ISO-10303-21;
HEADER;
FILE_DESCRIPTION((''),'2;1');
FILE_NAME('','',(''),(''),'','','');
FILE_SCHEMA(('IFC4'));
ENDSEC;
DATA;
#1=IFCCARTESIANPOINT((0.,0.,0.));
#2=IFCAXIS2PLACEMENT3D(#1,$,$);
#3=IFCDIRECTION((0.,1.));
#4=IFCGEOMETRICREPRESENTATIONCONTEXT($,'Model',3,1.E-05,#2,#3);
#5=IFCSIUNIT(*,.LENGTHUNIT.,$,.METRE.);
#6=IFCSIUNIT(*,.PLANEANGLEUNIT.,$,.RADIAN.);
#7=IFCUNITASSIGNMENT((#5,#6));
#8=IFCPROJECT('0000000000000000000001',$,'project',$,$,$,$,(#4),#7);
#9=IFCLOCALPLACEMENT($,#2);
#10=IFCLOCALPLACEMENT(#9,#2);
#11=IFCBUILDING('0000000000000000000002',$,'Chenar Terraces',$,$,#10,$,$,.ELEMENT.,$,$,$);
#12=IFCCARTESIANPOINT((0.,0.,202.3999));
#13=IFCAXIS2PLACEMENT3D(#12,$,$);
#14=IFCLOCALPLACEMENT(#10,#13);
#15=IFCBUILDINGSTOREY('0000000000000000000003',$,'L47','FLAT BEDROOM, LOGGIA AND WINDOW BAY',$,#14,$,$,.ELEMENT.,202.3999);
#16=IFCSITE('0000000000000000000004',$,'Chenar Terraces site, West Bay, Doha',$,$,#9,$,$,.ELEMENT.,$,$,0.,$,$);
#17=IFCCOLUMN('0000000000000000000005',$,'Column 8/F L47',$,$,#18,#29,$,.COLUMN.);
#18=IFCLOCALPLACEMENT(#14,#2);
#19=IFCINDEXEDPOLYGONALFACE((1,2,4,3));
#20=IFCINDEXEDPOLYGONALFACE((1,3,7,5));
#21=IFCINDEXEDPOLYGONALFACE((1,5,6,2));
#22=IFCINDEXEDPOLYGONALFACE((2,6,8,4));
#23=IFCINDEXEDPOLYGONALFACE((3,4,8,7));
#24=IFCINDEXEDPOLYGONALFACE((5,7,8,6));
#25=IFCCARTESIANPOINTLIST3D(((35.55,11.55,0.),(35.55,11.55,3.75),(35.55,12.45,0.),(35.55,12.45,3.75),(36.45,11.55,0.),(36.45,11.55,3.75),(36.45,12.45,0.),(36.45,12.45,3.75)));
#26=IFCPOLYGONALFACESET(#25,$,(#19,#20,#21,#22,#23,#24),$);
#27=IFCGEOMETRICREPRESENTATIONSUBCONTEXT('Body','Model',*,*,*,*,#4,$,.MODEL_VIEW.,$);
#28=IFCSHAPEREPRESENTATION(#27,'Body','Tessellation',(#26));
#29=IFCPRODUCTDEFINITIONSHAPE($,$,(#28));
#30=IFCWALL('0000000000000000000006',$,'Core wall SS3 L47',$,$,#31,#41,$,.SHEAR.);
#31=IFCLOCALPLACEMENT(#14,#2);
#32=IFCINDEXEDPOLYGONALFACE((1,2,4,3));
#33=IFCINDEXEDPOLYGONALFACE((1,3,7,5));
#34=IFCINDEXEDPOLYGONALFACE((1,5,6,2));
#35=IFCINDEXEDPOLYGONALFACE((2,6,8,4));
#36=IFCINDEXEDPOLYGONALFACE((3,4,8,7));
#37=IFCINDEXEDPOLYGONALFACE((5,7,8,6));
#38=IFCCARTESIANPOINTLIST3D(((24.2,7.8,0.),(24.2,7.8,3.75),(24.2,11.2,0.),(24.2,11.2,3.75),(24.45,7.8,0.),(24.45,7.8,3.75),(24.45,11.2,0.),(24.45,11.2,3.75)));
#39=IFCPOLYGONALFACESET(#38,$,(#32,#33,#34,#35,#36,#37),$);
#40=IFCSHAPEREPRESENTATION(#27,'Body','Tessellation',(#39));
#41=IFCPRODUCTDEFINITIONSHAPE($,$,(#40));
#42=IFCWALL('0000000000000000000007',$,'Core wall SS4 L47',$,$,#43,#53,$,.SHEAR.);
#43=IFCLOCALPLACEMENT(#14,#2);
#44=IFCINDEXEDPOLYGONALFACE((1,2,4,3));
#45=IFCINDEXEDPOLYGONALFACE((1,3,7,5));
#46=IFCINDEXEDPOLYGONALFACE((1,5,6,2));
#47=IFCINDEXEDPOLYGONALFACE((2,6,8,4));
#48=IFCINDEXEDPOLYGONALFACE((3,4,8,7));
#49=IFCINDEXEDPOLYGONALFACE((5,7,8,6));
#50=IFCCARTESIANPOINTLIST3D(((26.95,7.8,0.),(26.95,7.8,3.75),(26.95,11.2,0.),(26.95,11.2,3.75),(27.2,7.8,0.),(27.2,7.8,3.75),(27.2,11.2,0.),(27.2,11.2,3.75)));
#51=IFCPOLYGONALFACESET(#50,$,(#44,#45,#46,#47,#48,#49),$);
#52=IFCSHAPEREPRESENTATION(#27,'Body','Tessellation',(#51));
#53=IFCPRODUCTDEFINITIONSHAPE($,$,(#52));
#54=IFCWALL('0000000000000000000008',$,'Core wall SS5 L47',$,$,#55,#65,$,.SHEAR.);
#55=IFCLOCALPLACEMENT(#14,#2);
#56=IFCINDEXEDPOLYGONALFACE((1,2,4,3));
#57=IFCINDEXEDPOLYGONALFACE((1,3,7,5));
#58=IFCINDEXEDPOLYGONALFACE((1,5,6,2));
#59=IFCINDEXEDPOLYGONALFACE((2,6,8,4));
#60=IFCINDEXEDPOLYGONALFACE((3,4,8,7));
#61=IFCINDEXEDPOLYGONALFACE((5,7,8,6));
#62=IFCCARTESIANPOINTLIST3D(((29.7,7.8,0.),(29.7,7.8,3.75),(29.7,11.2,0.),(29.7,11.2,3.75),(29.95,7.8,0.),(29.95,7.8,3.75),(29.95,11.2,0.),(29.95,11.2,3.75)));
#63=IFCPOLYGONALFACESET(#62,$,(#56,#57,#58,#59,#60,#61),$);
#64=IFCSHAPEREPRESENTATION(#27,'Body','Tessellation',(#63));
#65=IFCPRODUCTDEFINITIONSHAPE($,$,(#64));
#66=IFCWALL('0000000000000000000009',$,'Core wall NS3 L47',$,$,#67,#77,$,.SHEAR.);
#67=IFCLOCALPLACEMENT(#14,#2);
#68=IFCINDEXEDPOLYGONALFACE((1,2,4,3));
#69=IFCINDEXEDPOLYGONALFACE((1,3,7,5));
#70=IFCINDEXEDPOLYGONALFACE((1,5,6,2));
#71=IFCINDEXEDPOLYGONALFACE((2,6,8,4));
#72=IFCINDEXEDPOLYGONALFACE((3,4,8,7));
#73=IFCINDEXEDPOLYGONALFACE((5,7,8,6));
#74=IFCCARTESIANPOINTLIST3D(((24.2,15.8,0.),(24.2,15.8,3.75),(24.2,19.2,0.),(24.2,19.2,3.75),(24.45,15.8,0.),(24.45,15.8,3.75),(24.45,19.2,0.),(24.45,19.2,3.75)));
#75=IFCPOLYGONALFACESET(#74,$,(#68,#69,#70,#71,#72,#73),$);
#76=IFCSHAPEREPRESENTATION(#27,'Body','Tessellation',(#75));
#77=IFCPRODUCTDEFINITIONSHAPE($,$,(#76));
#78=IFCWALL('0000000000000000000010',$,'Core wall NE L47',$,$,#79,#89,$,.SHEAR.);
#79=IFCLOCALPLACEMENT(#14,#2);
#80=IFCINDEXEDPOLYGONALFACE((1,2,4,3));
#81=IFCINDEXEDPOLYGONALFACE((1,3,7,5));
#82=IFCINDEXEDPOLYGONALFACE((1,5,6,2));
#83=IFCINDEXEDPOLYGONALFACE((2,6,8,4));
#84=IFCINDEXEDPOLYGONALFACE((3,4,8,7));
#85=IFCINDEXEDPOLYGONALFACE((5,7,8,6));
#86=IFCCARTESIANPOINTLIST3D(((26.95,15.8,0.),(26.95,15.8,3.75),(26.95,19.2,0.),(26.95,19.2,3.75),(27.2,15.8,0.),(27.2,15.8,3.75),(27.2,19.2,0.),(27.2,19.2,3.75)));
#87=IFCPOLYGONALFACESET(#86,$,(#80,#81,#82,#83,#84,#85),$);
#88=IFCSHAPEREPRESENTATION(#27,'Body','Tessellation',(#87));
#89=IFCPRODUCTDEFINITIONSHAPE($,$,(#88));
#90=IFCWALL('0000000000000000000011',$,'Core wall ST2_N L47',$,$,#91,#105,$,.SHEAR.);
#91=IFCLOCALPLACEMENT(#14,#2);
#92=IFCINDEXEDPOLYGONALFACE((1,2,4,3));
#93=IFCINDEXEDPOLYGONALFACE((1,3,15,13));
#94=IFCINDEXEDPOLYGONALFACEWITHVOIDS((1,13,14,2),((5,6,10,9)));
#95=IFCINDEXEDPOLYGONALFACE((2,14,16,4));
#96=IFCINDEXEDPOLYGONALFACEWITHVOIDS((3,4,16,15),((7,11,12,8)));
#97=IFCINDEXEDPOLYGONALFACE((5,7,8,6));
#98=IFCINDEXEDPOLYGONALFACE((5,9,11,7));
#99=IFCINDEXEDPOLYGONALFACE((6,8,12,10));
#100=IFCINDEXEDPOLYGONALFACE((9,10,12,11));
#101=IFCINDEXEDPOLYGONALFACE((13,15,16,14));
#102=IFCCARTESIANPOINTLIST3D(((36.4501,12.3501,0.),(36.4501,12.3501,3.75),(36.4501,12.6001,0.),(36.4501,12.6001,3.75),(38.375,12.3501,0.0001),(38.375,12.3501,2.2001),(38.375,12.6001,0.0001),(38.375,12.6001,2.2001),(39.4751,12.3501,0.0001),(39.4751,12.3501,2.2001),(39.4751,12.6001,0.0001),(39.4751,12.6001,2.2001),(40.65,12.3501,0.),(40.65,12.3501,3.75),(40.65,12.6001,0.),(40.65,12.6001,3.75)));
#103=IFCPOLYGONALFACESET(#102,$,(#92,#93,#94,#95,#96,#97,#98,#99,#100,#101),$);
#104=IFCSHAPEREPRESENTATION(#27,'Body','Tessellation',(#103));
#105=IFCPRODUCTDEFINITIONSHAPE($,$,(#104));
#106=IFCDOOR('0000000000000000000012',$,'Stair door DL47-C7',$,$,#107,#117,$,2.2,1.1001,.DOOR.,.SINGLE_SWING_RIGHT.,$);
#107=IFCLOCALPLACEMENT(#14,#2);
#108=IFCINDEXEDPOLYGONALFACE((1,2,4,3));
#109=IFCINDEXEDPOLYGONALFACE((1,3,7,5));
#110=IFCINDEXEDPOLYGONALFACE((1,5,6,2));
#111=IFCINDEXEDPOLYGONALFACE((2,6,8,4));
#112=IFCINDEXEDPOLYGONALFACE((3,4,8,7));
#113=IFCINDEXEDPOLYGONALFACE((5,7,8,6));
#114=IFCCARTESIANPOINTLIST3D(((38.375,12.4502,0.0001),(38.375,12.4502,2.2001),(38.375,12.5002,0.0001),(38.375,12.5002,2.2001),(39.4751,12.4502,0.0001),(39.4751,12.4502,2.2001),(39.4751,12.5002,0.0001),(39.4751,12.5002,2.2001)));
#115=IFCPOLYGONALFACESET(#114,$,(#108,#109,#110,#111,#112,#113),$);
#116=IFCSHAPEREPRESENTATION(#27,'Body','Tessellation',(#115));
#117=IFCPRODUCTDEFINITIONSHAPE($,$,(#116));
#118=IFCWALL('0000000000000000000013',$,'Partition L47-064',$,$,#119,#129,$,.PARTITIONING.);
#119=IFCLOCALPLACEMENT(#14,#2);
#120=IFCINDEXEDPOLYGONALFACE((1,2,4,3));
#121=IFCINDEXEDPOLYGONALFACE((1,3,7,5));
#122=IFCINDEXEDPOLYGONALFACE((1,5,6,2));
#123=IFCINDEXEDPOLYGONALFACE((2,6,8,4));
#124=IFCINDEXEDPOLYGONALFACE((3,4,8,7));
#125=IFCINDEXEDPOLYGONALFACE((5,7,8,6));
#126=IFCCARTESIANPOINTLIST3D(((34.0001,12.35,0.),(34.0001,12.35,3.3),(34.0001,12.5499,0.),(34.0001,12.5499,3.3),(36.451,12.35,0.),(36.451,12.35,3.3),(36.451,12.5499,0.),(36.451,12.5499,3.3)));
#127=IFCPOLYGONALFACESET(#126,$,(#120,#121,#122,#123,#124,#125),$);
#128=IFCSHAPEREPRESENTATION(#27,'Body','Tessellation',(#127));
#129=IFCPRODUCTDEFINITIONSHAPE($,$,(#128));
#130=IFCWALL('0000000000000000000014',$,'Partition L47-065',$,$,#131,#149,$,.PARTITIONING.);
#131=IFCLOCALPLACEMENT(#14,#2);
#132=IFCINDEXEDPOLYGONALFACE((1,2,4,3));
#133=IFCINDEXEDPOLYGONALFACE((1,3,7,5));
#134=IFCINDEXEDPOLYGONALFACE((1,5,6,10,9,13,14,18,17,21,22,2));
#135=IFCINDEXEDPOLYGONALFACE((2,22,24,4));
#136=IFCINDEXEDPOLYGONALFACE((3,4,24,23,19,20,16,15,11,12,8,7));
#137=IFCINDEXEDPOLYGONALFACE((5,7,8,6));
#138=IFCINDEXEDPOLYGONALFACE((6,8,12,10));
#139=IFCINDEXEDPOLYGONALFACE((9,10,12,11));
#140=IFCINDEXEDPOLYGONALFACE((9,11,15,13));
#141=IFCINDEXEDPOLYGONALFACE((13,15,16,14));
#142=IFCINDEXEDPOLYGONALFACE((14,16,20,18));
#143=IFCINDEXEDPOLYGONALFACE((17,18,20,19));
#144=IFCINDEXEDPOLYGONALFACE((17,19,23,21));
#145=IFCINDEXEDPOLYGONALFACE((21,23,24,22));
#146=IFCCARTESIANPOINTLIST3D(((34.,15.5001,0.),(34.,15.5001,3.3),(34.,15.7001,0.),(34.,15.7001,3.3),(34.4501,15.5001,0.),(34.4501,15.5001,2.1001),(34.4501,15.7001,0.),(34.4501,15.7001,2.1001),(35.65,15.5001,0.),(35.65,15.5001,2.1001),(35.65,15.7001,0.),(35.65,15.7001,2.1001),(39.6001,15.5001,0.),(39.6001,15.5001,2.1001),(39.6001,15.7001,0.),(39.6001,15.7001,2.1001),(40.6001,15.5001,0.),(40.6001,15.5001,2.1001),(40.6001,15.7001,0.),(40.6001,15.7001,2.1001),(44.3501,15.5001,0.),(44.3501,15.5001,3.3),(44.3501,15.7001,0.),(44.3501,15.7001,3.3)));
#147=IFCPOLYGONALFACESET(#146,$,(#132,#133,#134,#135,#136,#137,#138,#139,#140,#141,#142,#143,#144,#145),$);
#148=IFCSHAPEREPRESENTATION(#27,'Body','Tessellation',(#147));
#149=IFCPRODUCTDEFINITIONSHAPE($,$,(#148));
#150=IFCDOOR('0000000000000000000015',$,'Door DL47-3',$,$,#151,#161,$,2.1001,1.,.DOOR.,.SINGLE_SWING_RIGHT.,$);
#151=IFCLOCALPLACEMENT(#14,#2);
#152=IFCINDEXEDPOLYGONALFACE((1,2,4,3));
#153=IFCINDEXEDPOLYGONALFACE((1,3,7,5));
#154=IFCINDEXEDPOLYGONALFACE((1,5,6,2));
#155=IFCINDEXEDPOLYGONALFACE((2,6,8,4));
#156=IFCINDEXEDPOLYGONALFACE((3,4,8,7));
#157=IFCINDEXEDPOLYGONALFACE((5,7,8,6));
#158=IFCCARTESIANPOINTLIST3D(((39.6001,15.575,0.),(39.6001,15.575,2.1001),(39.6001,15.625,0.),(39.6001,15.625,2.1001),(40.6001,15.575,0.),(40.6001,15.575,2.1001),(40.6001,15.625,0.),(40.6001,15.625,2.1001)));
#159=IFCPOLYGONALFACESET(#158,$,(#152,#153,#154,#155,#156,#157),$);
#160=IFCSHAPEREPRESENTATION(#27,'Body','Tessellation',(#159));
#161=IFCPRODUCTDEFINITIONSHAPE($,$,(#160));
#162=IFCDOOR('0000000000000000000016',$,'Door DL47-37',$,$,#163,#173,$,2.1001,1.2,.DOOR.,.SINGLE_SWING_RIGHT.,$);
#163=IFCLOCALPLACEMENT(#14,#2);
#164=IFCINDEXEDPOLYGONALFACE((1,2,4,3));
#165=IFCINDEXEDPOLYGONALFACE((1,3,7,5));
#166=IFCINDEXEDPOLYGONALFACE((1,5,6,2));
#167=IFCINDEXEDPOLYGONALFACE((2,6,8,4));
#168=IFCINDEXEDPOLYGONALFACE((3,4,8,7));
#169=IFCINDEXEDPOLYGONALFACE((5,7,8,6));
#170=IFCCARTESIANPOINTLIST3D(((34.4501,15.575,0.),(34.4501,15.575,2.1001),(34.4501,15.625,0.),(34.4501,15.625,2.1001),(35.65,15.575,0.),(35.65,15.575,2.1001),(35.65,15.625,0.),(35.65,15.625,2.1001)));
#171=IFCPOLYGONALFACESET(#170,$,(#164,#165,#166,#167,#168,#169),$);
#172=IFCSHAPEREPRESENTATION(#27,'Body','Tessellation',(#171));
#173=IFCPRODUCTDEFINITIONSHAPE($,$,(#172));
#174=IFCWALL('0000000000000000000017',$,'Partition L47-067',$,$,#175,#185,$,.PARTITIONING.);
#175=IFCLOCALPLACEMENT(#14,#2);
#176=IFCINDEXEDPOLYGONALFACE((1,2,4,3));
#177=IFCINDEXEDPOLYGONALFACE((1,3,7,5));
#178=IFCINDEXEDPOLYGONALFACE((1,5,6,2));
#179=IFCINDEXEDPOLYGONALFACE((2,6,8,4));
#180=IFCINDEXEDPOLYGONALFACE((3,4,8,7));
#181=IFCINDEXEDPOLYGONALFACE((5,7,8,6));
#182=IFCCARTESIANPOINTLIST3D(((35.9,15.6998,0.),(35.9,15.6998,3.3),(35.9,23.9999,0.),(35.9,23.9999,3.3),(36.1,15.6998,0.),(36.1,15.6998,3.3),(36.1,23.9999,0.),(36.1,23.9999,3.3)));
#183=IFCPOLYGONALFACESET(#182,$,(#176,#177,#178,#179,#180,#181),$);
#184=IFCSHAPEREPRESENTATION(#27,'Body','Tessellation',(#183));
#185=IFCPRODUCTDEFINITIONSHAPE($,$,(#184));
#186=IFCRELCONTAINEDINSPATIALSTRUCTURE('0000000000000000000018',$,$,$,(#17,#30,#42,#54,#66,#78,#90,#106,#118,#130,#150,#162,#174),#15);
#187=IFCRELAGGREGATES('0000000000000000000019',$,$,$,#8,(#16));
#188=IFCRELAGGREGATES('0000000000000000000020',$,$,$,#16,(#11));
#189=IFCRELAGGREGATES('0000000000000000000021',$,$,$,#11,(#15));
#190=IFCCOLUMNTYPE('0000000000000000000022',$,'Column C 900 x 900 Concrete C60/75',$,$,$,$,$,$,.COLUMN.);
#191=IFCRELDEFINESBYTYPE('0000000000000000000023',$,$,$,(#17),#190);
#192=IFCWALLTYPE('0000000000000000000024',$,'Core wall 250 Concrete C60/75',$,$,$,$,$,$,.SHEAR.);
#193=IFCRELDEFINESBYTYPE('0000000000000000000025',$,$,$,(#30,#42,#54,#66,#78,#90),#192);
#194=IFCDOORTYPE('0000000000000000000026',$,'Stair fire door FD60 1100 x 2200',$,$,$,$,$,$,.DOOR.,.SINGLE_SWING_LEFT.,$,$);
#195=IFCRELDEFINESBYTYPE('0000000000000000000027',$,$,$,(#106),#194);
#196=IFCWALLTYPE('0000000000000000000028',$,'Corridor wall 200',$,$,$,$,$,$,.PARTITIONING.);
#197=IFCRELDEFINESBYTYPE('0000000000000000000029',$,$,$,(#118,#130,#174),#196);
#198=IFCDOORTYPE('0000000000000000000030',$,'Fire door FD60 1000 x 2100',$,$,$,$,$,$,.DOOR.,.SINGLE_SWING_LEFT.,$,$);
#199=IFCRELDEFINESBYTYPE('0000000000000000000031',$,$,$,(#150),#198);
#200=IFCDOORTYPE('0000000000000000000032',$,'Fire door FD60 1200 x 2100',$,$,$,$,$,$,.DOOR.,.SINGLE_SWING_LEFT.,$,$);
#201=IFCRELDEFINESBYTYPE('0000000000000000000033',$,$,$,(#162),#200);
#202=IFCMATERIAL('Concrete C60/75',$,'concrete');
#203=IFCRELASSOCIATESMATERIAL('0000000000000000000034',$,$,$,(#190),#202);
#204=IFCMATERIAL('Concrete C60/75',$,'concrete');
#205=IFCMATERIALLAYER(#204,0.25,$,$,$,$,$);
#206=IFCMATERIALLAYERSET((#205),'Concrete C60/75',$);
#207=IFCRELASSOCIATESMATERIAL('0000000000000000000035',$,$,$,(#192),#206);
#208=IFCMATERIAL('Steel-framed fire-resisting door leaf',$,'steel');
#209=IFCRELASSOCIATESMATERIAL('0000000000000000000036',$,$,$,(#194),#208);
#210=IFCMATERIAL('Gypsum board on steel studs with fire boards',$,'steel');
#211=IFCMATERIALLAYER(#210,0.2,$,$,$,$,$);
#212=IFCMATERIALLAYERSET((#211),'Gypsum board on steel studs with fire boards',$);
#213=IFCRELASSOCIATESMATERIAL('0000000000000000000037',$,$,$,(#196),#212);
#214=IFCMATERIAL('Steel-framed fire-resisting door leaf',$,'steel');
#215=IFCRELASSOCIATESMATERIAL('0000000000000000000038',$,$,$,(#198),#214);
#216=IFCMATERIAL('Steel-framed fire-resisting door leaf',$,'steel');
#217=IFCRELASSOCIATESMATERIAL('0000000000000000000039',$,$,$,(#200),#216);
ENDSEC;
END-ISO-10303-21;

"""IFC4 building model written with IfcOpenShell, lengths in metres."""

from ifc_helpers import new_model, si_unit, direction, frame, frame_2d, origin, origin_2d, place, context, subcontext, project, spatial, rectangle, extrude, material, layer, layer_set, material_profile, profile_set, type_object, element, fill, save


model = new_model("IFC4")

# Units and contexts
model_context = context("Model", 3, precision=1e-05, world=origin(), true_north=direction((0.0, 1.0)))
body_context = subcontext(model_context, "Body", "Model", "MODEL_VIEW")
ifc_project = project(units=[si_unit("LENGTHUNIT", "METRE"), si_unit("PLANEANGLEUNIT", "RADIAN")], contexts=[model_context])

# Site, building, storey
site_placement = place(None, origin())
site = spatial("IfcSite", under=ifc_project, at=site_placement, Name="Chenar Terraces site, West Bay, Doha", CompositionType="ELEMENT", RefElevation=0.0)
building_placement = place(site_placement, origin())
building = spatial("IfcBuilding", under=site, at=building_placement, Name="Chenar Terraces", CompositionType="ELEMENT")
storey_placement = place(building_placement, frame((0.0, 0.0, 202.3999)))
storey = spatial("IfcBuildingStorey", under=building, at=storey_placement, Name="L47", Description="FLAT BEDROOM, LOGGIA AND WINDOW BAY", CompositionType="ELEMENT", Elevation=202.3999)

# Column
ifc_material_1 = material(Name="Concrete C60/75", Category="concrete")
ifc_material_profile = material_profile(ifc_material_1, rectangle(XDim=0.8999, YDim=0.8999, at=origin_2d()), Name="C 900 x 900")
ifc_profile_set = profile_set([ifc_material_profile], Name="Concrete C60/75")
column_type = type_object("IfcColumnType", Name="Column C 900 x 900 Concrete C60/75", PredefinedType="COLUMN", material=ifc_profile_set)
column_placement = place(storey_placement, frame((36.0, 12.0, 0.0), z_axis=(0.0, 0.0, 1.0), x_axis=(1.0, 0.0, 0.0)))
element("IfcColumn", 1, at=column_placement, inside=storey, type_object=column_type, Name="Column 8/F L47", PredefinedType="COLUMN", context=body_context, shape_type="SweptSolid", body=[
    extrude(rectangle(XDim=0.8999, YDim=0.8999, at=origin_2d()), origin(), (0.0, 0.0, 1.0), 3.75),
])

# Walls
ifc_material_2 = material(Name="Concrete C60/75", Category="concrete")
ifc_layer_1 = layer(ifc_material_2, 0.25)
ifc_layer_set_1 = layer_set([ifc_layer_1], Name="Concrete C60/75")
wall_type_1 = type_object("IfcWallType", Name="Core wall 250 Concrete C60/75", PredefinedType="SHEAR", material=ifc_layer_set_1)
for number, where, z_axis, x_axis, name in (
    (2, (24.325, 7.8, 0.0), (0.0, 0.0, 1.0), (0.0, 1.0, 0.0), "Core wall SS3 L47"),
    (3, (27.075, 7.8, 0.0), (0.0, 0.0, 1.0), (0.0, 1.0, 0.0), "Core wall SS4 L47"),
    (4, (29.825, 7.8, 0.0), (0.0, 0.0, 1.0), (0.0, 1.0, 0.0), "Core wall SS5 L47"),
    (5, (24.325, 15.8, 0.0), (0.0, 0.0, 1.0), (0.0, 1.0, 0.0), "Core wall NS3 L47"),
    (6, (27.075, 15.8, 0.0), (0.0, 0.0, 1.0), (0.0, 1.0, 0.0), "Core wall NE L47"),
):
    element("IfcWall", number, at=place(storey_placement, frame(where, z_axis=z_axis, x_axis=x_axis)), inside=storey, type_object=wall_type_1, Name=name, PredefinedType="SHEAR", context=body_context, shape_type="SweptSolid", body=[
        extrude(rectangle(XDim=3.3999, YDim=0.25, at=frame_2d((1.7, 0.0))), origin(), (0.0, 0.0, 1.0), 3.75),
    ])

# Wall, opening, door
wall_1_placement = place(storey_placement, frame((36.45, 12.4751, 0.0), z_axis=(0.0, 0.0, 1.0), x_axis=(1.0, 0.0, 0.0)))
wall_1 = element("IfcWall", 7, at=wall_1_placement, inside=storey, type_object=wall_type_1, Name="Core wall ST2_N L47", PredefinedType="SHEAR", context=body_context, shape_type="SweptSolid", body=[
    extrude(rectangle(XDim=4.2, YDim=0.25, at=frame_2d((2.1001, 0.0))), origin(), (0.0, 0.0, 1.0), 3.75),
])
opening_1_placement = place(wall_1_placement, frame((1.925, 0.0, 0.0)))
opening_1 = element("IfcOpeningElement", 8, at=opening_1_placement, cuts=wall_1, PredefinedType="OPENING", context=body_context, shape_type="SweptSolid", body=[
    extrude(rectangle(XDim=1.1001, YDim=2.2, at=frame_2d((0.55, 1.1001))), frame((0.0, 0.135, 0.0), z_axis=(0.0, -1.0, 0.0), x_axis=(1.0, 0.0, 0.0)), (0.0, 0.0, 1.0), 0.27),
])
ifc_material_3 = material(Name="Steel-framed fire-resisting door leaf", Category="steel")
door_type_1 = type_object("IfcDoorType", Name="Stair fire door FD60 1100 x 2200", OperationType="SINGLE_SWING_LEFT", PredefinedType="DOOR", material=ifc_material_3)
door_1_placement = place(opening_1_placement, frame((1.1001, 0.0, 0.0), z_axis=(0.0, 0.0, 1.0), x_axis=(-1.0, 0.0, 0.0)))
door_1 = element("IfcDoor", 9, at=door_1_placement, inside=storey, type_object=door_type_1, Name="Stair door DL47-C7", OperationType="SINGLE_SWING_RIGHT", OverallHeight=2.2, OverallWidth=1.1001, PredefinedType="DOOR", context=body_context, shape_type="SweptSolid", body=[
    extrude(rectangle(XDim=1.1001, YDim=2.2, at=frame_2d((0.55, 1.1001))), frame((0.0, 0.0249, 0.0), z_axis=(0.0, -1.0, 0.0), x_axis=(1.0, 0.0, 0.0)), (0.0, 0.0, 1.0), 0.05),
])
fill(opening_1, door_1)

# Wall
ifc_material_4 = material(Name="Gypsum board on steel studs with fire boards", Category="steel")
ifc_layer_2 = layer(ifc_material_4, 0.2)
ifc_layer_set_2 = layer_set([ifc_layer_2], Name="Gypsum board on steel studs with fire boards")
wall_type_2 = type_object("IfcWallType", Name="Corridor wall 200", PredefinedType="PARTITIONING", material=ifc_layer_set_2)
wall_2_placement = place(storey_placement, frame((34.0, 12.45, 0.0), z_axis=(0.0, 0.0, 1.0), x_axis=(1.0, 0.0, 0.0)))
element("IfcWall", 10, at=wall_2_placement, inside=storey, type_object=wall_type_2, Name="Partition L47-064", PredefinedType="PARTITIONING", context=body_context, shape_type="SweptSolid", body=[
    extrude(rectangle(XDim=2.4509, YDim=0.2, at=frame_2d((1.2256, 0.0))), origin(), (0.0, 0.0, 1.0), 3.3),
])

# Wall, openings, doors
wall_3_placement = place(storey_placement, frame((34.0, 15.6001, 0.0), z_axis=(0.0, 0.0, 1.0), x_axis=(1.0, 0.0, 0.0)))
wall_3 = element("IfcWall", 11, at=wall_3_placement, inside=storey, type_object=wall_type_2, Name="Partition L47-065", PredefinedType="PARTITIONING", context=body_context, shape_type="SweptSolid", body=[
    extrude(rectangle(XDim=10.3501, YDim=0.2, at=frame_2d((5.175, 0.0))), origin(), (0.0, 0.0, 1.0), 3.3),
])
opening_2_placement = place(wall_3_placement, frame((5.6001, 0.0, 0.0)))
opening_2 = element("IfcOpeningElement", 12, at=opening_2_placement, cuts=wall_3, PredefinedType="OPENING", context=body_context, shape_type="SweptSolid", body=[
    extrude(rectangle(XDim=1.0, YDim=2.1001, at=frame_2d((0.5, 1.05))), frame((0.0, 0.1099, 0.0), z_axis=(0.0, -1.0, 0.0), x_axis=(1.0, 0.0, 0.0)), (0.0, 0.0, 1.0), 0.22),
])
opening_3_placement = place(wall_3_placement, frame((0.45, 0.0, 0.0)))
opening_3 = element("IfcOpeningElement", 13, at=opening_3_placement, cuts=wall_3, PredefinedType="OPENING", context=body_context, shape_type="SweptSolid", body=[
    extrude(rectangle(XDim=1.2, YDim=2.1001, at=frame_2d((0.6001, 1.05))), frame((0.0, 0.1099, 0.0), z_axis=(0.0, -1.0, 0.0), x_axis=(1.0, 0.0, 0.0)), (0.0, 0.0, 1.0), 0.22),
])
ifc_material_5 = material(Name="Steel-framed fire-resisting door leaf", Category="steel")
door_type_2 = type_object("IfcDoorType", Name="Fire door FD60 1000 x 2100", OperationType="SINGLE_SWING_LEFT", PredefinedType="DOOR", material=ifc_material_5)
door_2_placement = place(opening_2_placement, origin())
door_2 = element("IfcDoor", 14, at=door_2_placement, inside=storey, type_object=door_type_2, Name="Door DL47-3", OperationType="SINGLE_SWING_RIGHT", OverallHeight=2.1001, OverallWidth=1.0, PredefinedType="DOOR", context=body_context, shape_type="SweptSolid", body=[
    extrude(rectangle(XDim=1.0, YDim=2.1001, at=frame_2d((0.5, 1.05))), frame((0.0, 0.0249, 0.0), z_axis=(0.0, -1.0, 0.0), x_axis=(1.0, 0.0, 0.0)), (0.0, 0.0, 1.0), 0.05),
])
fill(opening_2, door_2)
ifc_material_6 = material(Name="Steel-framed fire-resisting door leaf", Category="steel")
door_type_3 = type_object("IfcDoorType", Name="Fire door FD60 1200 x 2100", OperationType="SINGLE_SWING_LEFT", PredefinedType="DOOR", material=ifc_material_6)
door_3_placement = place(opening_3_placement, origin())
door_3 = element("IfcDoor", 15, at=door_3_placement, inside=storey, type_object=door_type_3, Name="Door DL47-37", OperationType="SINGLE_SWING_RIGHT", OverallHeight=2.1001, OverallWidth=1.2, PredefinedType="DOOR", context=body_context, shape_type="SweptSolid", body=[
    extrude(rectangle(XDim=1.2, YDim=2.1001, at=frame_2d((0.6001, 1.05))), frame((0.0, 0.0249, 0.0), z_axis=(0.0, -1.0, 0.0), x_axis=(1.0, 0.0, 0.0)), (0.0, 0.0, 1.0), 0.05),
])
fill(opening_3, door_3)

# Wall
wall_4_placement = place(storey_placement, frame((36.0, 15.7, 0.0), z_axis=(0.0, 0.0, 1.0), x_axis=(0.0, 1.0, 0.0)))
element("IfcWall", 16, at=wall_4_placement, inside=storey, type_object=wall_type_2, Name="Partition L47-067", PredefinedType="PARTITIONING", context=body_context, shape_type="SweptSolid", body=[
    extrude(rectangle(XDim=8.3, YDim=0.2, at=frame_2d((4.1499, 0.0))), origin(), (0.0, 0.0, 1.0), 3.3),
])

save(model, "model.ifc")
